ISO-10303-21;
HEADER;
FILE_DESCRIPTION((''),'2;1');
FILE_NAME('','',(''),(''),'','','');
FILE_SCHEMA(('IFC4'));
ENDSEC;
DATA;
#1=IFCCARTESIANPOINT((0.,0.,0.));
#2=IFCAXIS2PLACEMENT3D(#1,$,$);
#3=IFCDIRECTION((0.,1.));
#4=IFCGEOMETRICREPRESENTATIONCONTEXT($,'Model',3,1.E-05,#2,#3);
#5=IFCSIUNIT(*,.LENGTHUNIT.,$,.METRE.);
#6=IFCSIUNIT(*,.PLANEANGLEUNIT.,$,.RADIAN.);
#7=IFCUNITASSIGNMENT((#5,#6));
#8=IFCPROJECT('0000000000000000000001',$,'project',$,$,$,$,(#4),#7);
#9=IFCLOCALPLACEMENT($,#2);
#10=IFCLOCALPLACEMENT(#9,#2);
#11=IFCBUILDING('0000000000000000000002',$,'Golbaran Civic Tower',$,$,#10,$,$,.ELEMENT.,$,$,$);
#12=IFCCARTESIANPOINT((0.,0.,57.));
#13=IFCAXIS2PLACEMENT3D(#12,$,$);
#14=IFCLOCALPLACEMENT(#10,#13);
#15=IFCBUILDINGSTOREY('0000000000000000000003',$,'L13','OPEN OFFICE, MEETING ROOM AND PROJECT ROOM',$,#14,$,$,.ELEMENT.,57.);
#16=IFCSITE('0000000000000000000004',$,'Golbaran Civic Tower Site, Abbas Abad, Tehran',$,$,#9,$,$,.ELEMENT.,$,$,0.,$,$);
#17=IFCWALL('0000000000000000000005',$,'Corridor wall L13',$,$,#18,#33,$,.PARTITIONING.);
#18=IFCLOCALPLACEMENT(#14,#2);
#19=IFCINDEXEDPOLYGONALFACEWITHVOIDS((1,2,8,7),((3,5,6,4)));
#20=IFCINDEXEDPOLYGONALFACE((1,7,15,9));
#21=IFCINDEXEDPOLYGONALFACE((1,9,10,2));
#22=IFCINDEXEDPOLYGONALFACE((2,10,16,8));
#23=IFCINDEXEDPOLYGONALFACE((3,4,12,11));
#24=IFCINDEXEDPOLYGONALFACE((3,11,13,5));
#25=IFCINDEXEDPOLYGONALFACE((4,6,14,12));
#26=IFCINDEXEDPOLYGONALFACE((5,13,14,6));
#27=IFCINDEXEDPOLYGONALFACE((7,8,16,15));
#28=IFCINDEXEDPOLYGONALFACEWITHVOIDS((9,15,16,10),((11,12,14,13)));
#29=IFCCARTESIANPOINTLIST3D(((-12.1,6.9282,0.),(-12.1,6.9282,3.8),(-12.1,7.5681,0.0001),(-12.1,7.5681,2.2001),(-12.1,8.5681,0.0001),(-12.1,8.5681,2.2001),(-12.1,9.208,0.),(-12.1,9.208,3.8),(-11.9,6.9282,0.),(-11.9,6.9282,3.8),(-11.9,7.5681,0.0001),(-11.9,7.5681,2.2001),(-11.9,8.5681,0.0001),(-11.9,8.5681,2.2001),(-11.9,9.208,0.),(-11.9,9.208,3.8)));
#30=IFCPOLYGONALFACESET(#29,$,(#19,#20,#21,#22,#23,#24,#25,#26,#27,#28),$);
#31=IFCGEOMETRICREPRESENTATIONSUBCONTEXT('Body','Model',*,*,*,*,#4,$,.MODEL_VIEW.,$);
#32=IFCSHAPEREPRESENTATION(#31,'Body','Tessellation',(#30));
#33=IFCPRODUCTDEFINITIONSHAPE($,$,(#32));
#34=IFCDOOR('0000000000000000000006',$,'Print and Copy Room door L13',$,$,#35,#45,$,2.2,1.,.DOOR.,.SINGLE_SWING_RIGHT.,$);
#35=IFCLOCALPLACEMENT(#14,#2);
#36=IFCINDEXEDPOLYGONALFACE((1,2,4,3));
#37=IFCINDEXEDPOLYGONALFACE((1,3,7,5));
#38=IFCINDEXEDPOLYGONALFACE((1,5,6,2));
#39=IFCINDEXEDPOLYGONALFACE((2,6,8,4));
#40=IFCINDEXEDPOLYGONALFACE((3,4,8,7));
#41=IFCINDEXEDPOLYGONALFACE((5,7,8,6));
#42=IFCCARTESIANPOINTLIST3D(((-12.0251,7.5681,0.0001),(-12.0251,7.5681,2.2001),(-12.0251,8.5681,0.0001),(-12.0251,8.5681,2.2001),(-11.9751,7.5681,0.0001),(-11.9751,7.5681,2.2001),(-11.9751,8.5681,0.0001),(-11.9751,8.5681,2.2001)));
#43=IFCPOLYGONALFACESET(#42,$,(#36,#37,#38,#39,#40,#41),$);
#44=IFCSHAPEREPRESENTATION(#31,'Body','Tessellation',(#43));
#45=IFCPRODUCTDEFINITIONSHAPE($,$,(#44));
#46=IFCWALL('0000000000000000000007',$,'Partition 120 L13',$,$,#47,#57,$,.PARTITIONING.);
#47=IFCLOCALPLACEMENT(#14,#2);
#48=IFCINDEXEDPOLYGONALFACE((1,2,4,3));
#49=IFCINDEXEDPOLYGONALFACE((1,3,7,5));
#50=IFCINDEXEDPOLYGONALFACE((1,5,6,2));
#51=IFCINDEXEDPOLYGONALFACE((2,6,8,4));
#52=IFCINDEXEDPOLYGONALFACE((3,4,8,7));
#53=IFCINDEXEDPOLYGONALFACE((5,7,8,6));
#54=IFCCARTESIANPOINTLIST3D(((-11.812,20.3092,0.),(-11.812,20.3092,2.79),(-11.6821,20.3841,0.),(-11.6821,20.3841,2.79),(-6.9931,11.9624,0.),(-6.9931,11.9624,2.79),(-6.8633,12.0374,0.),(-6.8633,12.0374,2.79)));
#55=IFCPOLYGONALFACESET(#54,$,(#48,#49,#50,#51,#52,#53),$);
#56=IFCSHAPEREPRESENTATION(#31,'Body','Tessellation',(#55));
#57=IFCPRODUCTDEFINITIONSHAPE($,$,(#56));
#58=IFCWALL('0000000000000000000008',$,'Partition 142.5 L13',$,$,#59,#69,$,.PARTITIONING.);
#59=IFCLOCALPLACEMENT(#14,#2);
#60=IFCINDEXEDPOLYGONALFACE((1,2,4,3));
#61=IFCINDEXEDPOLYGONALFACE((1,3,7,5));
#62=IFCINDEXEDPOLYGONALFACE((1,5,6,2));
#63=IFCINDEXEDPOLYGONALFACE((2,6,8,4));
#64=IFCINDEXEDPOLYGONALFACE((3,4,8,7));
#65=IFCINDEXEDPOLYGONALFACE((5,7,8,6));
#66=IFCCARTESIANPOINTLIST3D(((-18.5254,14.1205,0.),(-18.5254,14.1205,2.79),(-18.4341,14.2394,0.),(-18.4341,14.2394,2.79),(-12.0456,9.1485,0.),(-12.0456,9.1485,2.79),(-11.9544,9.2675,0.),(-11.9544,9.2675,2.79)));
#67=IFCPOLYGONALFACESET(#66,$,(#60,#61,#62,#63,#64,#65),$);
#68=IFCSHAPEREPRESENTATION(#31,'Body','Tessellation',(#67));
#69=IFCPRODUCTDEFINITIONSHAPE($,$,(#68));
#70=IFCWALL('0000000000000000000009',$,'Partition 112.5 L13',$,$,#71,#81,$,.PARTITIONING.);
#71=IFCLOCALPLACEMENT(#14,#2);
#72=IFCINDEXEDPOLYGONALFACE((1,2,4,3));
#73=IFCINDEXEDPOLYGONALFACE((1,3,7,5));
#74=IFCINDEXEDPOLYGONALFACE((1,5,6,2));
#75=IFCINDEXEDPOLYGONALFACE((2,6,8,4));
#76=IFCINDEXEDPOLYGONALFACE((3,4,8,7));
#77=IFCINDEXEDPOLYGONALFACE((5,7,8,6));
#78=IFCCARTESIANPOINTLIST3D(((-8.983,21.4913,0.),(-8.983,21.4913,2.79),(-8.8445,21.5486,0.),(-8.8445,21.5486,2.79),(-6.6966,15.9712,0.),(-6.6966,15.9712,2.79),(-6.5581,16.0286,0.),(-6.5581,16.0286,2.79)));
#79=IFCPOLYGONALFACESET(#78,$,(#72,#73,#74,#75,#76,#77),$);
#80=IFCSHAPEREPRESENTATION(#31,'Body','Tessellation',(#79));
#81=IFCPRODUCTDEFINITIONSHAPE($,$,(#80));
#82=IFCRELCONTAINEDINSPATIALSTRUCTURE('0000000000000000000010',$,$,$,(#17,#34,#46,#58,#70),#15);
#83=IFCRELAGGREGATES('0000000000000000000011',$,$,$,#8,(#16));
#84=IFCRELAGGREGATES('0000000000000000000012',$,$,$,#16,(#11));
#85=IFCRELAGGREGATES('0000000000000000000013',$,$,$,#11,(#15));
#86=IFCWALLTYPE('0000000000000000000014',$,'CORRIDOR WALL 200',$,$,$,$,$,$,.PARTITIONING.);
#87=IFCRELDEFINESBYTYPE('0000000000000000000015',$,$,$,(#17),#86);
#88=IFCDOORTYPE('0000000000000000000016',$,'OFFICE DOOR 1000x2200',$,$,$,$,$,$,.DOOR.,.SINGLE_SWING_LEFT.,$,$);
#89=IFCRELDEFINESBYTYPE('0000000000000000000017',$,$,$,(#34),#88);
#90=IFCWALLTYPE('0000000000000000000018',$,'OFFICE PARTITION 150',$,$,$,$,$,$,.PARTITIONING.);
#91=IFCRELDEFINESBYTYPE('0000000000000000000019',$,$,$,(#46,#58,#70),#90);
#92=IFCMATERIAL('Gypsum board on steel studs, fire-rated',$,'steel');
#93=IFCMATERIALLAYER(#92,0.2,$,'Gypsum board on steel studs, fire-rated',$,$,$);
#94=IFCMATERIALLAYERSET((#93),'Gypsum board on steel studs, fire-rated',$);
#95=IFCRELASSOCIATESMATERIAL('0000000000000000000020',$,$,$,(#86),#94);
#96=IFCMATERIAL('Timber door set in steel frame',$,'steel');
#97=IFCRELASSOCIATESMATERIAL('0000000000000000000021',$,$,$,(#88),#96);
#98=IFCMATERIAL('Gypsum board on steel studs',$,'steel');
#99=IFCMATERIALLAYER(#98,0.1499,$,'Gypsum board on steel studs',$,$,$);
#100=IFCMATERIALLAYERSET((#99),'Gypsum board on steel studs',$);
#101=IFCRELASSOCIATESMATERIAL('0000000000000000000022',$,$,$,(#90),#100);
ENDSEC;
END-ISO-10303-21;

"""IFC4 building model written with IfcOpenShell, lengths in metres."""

from ifc_helpers import new_model, si_unit, direction, frame, frame_2d, origin, place, context, subcontext, project, spatial, rectangle, extrude, material, layer, layer_set, type_object, element, fill, save


model = new_model("IFC4")

# Units and contexts
model_context = context("Model", 3, precision=1e-05, world=origin(), true_north=direction((0.0, 1.0)))
body_context = subcontext(model_context, "Body", "Model", "MODEL_VIEW")
ifc_project = project(units=[si_unit("LENGTHUNIT", "METRE"), si_unit("PLANEANGLEUNIT", "RADIAN")], contexts=[model_context])

# Site, building, storey
site_placement = place(None, origin())
site = spatial("IfcSite", under=ifc_project, at=site_placement, Name="Golbaran Civic Tower Site, Abbas Abad, Tehran", CompositionType="ELEMENT", RefElevation=0.0)
building_placement = place(site_placement, origin())
building = spatial("IfcBuilding", under=site, at=building_placement, Name="Golbaran Civic Tower", CompositionType="ELEMENT")
storey_placement = place(building_placement, frame((0.0, 0.0, 57.0)))
storey = spatial("IfcBuildingStorey", under=building, at=storey_placement, Name="L13", Description="OPEN OFFICE, MEETING ROOM AND PROJECT ROOM", CompositionType="ELEMENT", Elevation=57.0)

# Shared definitions
ifc_material_1 = material(Name="Timber door set in steel frame", Category="steel")
ifc_material_2 = material(Name="Gypsum board on steel studs, fire-rated", Category="steel")
ifc_layer_1 = layer(ifc_material_2, 0.2, Name="Gypsum board on steel studs, fire-rated")
ifc_layer_set_1 = layer_set([ifc_layer_1], Name="Gypsum board on steel studs, fire-rated")
wall_type_1 = type_object("IfcWallType", Name="CORRIDOR WALL 200", PredefinedType="PARTITIONING", material=ifc_layer_set_1)
door_type_1 = type_object("IfcDoorType", Name="OFFICE DOOR 1000x2200", OperationType="SINGLE_SWING_LEFT", PredefinedType="DOOR", material=ifc_material_1)

# Wall, opening, door
wall_1_placement = place(storey_placement, frame((-12.0, 9.208, 0.0), z_axis=(0.0, 0.0, 1.0), x_axis=(0.0, -1.0, 0.0)))
wall_1 = element("IfcWall", 1, at=wall_1_placement, inside=storey, type_object=wall_type_1, Name="Corridor wall L13", PredefinedType="PARTITIONING", context=body_context, shape_type="SweptSolid", body=[
    extrude(rectangle(XDim=2.2798, YDim=0.2, at=frame_2d((1.1399, 0.0))), origin(), (0.0, 0.0, 1.0), 3.8),
])
opening_1_placement = place(wall_1_placement, frame((0.6399, 0.0, 0.0)))
opening_1 = element("IfcOpeningElement", 2, at=opening_1_placement, cuts=wall_1, PredefinedType="OPENING", context=body_context, shape_type="SweptSolid", body=[
    extrude(rectangle(XDim=1.0, YDim=2.2, at=frame_2d((0.5, 1.1001))), frame((0.0, 0.1099, 0.0), z_axis=(0.0, -1.0, 0.0), x_axis=(1.0, 0.0, 0.0)), (0.0, 0.0, 1.0), 0.22),
])
door_1_placement = place(opening_1_placement, origin())
door_1 = element("IfcDoor", 3, at=door_1_placement, inside=storey, type_object=door_type_1, Name="Print and Copy Room door L13", OperationType="SINGLE_SWING_RIGHT", OverallHeight=2.2, OverallWidth=1.0, PredefinedType="DOOR", context=body_context, shape_type="SweptSolid", body=[
    extrude(rectangle(XDim=1.0, YDim=2.2, at=frame_2d((0.5, 1.1001))), frame((0.0, 0.0249, 0.0), z_axis=(0.0, -1.0, 0.0), x_axis=(1.0, 0.0, 0.0)), (0.0, 0.0, 1.0), 0.05),
])
fill(opening_1, door_1)

# Walls
ifc_material_3 = material(Name="Gypsum board on steel studs", Category="steel")
ifc_layer_2 = layer(ifc_material_3, 0.1499, Name="Gypsum board on steel studs")
ifc_layer_set_2 = layer_set([ifc_layer_2], Name="Gypsum board on steel studs")
wall_type_2 = type_object("IfcWallType", Name="OFFICE PARTITION 150", PredefinedType="PARTITIONING", material=ifc_layer_set_2)
wall_2_placement = place(storey_placement, frame((-6.9282, 12.0, 0.0), z_axis=(0.0, 0.0, 1.0), x_axis=(-0.499991, 0.86603, 0.0)))
element("IfcWall", 4, at=wall_2_placement, inside=storey, type_object=wall_type_2, Name="Partition 120 L13", PredefinedType="PARTITIONING", context=body_context, shape_type="SweptSolid", body=[
    extrude(rectangle(XDim=9.6379, YDim=0.1499, at=frame_2d((4.8188, 0.0))), origin(), (0.0, 0.0, 1.0), 2.79),
])
wall_3_placement = place(storey_placement, frame((-12.0, 9.208, 0.0), z_axis=(0.0, 0.0, 1.0), x_axis=(-0.793362, 0.60875, 0.0)))
element("IfcWall", 5, at=wall_3_placement, inside=storey, type_object=wall_type_2, Name="Partition 142.5 L13", PredefinedType="PARTITIONING", context=body_context, shape_type="SweptSolid", body=[
    extrude(rectangle(XDim=8.1675, YDim=0.1499, at=frame_2d((4.0837, 0.0))), origin(), (0.0, 0.0, 1.0), 2.79),
])
wall_4_placement = place(storey_placement, frame((-6.6274, 16.0, 0.0), z_axis=(0.0, 0.0, 1.0), x_axis=(-0.382671, 0.923885, 0.0)))
element("IfcWall", 6, at=wall_4_placement, inside=storey, type_object=wall_type_2, Name="Partition 112.5 L13", PredefinedType="PARTITIONING", context=body_context, shape_type="SweptSolid", body=[
    extrude(rectangle(XDim=5.9749, YDim=0.1499, at=frame_2d((2.9873, 0.0))), origin(), (0.0, 0.0, 1.0), 2.79),
])

save(model, "model.ifc")
